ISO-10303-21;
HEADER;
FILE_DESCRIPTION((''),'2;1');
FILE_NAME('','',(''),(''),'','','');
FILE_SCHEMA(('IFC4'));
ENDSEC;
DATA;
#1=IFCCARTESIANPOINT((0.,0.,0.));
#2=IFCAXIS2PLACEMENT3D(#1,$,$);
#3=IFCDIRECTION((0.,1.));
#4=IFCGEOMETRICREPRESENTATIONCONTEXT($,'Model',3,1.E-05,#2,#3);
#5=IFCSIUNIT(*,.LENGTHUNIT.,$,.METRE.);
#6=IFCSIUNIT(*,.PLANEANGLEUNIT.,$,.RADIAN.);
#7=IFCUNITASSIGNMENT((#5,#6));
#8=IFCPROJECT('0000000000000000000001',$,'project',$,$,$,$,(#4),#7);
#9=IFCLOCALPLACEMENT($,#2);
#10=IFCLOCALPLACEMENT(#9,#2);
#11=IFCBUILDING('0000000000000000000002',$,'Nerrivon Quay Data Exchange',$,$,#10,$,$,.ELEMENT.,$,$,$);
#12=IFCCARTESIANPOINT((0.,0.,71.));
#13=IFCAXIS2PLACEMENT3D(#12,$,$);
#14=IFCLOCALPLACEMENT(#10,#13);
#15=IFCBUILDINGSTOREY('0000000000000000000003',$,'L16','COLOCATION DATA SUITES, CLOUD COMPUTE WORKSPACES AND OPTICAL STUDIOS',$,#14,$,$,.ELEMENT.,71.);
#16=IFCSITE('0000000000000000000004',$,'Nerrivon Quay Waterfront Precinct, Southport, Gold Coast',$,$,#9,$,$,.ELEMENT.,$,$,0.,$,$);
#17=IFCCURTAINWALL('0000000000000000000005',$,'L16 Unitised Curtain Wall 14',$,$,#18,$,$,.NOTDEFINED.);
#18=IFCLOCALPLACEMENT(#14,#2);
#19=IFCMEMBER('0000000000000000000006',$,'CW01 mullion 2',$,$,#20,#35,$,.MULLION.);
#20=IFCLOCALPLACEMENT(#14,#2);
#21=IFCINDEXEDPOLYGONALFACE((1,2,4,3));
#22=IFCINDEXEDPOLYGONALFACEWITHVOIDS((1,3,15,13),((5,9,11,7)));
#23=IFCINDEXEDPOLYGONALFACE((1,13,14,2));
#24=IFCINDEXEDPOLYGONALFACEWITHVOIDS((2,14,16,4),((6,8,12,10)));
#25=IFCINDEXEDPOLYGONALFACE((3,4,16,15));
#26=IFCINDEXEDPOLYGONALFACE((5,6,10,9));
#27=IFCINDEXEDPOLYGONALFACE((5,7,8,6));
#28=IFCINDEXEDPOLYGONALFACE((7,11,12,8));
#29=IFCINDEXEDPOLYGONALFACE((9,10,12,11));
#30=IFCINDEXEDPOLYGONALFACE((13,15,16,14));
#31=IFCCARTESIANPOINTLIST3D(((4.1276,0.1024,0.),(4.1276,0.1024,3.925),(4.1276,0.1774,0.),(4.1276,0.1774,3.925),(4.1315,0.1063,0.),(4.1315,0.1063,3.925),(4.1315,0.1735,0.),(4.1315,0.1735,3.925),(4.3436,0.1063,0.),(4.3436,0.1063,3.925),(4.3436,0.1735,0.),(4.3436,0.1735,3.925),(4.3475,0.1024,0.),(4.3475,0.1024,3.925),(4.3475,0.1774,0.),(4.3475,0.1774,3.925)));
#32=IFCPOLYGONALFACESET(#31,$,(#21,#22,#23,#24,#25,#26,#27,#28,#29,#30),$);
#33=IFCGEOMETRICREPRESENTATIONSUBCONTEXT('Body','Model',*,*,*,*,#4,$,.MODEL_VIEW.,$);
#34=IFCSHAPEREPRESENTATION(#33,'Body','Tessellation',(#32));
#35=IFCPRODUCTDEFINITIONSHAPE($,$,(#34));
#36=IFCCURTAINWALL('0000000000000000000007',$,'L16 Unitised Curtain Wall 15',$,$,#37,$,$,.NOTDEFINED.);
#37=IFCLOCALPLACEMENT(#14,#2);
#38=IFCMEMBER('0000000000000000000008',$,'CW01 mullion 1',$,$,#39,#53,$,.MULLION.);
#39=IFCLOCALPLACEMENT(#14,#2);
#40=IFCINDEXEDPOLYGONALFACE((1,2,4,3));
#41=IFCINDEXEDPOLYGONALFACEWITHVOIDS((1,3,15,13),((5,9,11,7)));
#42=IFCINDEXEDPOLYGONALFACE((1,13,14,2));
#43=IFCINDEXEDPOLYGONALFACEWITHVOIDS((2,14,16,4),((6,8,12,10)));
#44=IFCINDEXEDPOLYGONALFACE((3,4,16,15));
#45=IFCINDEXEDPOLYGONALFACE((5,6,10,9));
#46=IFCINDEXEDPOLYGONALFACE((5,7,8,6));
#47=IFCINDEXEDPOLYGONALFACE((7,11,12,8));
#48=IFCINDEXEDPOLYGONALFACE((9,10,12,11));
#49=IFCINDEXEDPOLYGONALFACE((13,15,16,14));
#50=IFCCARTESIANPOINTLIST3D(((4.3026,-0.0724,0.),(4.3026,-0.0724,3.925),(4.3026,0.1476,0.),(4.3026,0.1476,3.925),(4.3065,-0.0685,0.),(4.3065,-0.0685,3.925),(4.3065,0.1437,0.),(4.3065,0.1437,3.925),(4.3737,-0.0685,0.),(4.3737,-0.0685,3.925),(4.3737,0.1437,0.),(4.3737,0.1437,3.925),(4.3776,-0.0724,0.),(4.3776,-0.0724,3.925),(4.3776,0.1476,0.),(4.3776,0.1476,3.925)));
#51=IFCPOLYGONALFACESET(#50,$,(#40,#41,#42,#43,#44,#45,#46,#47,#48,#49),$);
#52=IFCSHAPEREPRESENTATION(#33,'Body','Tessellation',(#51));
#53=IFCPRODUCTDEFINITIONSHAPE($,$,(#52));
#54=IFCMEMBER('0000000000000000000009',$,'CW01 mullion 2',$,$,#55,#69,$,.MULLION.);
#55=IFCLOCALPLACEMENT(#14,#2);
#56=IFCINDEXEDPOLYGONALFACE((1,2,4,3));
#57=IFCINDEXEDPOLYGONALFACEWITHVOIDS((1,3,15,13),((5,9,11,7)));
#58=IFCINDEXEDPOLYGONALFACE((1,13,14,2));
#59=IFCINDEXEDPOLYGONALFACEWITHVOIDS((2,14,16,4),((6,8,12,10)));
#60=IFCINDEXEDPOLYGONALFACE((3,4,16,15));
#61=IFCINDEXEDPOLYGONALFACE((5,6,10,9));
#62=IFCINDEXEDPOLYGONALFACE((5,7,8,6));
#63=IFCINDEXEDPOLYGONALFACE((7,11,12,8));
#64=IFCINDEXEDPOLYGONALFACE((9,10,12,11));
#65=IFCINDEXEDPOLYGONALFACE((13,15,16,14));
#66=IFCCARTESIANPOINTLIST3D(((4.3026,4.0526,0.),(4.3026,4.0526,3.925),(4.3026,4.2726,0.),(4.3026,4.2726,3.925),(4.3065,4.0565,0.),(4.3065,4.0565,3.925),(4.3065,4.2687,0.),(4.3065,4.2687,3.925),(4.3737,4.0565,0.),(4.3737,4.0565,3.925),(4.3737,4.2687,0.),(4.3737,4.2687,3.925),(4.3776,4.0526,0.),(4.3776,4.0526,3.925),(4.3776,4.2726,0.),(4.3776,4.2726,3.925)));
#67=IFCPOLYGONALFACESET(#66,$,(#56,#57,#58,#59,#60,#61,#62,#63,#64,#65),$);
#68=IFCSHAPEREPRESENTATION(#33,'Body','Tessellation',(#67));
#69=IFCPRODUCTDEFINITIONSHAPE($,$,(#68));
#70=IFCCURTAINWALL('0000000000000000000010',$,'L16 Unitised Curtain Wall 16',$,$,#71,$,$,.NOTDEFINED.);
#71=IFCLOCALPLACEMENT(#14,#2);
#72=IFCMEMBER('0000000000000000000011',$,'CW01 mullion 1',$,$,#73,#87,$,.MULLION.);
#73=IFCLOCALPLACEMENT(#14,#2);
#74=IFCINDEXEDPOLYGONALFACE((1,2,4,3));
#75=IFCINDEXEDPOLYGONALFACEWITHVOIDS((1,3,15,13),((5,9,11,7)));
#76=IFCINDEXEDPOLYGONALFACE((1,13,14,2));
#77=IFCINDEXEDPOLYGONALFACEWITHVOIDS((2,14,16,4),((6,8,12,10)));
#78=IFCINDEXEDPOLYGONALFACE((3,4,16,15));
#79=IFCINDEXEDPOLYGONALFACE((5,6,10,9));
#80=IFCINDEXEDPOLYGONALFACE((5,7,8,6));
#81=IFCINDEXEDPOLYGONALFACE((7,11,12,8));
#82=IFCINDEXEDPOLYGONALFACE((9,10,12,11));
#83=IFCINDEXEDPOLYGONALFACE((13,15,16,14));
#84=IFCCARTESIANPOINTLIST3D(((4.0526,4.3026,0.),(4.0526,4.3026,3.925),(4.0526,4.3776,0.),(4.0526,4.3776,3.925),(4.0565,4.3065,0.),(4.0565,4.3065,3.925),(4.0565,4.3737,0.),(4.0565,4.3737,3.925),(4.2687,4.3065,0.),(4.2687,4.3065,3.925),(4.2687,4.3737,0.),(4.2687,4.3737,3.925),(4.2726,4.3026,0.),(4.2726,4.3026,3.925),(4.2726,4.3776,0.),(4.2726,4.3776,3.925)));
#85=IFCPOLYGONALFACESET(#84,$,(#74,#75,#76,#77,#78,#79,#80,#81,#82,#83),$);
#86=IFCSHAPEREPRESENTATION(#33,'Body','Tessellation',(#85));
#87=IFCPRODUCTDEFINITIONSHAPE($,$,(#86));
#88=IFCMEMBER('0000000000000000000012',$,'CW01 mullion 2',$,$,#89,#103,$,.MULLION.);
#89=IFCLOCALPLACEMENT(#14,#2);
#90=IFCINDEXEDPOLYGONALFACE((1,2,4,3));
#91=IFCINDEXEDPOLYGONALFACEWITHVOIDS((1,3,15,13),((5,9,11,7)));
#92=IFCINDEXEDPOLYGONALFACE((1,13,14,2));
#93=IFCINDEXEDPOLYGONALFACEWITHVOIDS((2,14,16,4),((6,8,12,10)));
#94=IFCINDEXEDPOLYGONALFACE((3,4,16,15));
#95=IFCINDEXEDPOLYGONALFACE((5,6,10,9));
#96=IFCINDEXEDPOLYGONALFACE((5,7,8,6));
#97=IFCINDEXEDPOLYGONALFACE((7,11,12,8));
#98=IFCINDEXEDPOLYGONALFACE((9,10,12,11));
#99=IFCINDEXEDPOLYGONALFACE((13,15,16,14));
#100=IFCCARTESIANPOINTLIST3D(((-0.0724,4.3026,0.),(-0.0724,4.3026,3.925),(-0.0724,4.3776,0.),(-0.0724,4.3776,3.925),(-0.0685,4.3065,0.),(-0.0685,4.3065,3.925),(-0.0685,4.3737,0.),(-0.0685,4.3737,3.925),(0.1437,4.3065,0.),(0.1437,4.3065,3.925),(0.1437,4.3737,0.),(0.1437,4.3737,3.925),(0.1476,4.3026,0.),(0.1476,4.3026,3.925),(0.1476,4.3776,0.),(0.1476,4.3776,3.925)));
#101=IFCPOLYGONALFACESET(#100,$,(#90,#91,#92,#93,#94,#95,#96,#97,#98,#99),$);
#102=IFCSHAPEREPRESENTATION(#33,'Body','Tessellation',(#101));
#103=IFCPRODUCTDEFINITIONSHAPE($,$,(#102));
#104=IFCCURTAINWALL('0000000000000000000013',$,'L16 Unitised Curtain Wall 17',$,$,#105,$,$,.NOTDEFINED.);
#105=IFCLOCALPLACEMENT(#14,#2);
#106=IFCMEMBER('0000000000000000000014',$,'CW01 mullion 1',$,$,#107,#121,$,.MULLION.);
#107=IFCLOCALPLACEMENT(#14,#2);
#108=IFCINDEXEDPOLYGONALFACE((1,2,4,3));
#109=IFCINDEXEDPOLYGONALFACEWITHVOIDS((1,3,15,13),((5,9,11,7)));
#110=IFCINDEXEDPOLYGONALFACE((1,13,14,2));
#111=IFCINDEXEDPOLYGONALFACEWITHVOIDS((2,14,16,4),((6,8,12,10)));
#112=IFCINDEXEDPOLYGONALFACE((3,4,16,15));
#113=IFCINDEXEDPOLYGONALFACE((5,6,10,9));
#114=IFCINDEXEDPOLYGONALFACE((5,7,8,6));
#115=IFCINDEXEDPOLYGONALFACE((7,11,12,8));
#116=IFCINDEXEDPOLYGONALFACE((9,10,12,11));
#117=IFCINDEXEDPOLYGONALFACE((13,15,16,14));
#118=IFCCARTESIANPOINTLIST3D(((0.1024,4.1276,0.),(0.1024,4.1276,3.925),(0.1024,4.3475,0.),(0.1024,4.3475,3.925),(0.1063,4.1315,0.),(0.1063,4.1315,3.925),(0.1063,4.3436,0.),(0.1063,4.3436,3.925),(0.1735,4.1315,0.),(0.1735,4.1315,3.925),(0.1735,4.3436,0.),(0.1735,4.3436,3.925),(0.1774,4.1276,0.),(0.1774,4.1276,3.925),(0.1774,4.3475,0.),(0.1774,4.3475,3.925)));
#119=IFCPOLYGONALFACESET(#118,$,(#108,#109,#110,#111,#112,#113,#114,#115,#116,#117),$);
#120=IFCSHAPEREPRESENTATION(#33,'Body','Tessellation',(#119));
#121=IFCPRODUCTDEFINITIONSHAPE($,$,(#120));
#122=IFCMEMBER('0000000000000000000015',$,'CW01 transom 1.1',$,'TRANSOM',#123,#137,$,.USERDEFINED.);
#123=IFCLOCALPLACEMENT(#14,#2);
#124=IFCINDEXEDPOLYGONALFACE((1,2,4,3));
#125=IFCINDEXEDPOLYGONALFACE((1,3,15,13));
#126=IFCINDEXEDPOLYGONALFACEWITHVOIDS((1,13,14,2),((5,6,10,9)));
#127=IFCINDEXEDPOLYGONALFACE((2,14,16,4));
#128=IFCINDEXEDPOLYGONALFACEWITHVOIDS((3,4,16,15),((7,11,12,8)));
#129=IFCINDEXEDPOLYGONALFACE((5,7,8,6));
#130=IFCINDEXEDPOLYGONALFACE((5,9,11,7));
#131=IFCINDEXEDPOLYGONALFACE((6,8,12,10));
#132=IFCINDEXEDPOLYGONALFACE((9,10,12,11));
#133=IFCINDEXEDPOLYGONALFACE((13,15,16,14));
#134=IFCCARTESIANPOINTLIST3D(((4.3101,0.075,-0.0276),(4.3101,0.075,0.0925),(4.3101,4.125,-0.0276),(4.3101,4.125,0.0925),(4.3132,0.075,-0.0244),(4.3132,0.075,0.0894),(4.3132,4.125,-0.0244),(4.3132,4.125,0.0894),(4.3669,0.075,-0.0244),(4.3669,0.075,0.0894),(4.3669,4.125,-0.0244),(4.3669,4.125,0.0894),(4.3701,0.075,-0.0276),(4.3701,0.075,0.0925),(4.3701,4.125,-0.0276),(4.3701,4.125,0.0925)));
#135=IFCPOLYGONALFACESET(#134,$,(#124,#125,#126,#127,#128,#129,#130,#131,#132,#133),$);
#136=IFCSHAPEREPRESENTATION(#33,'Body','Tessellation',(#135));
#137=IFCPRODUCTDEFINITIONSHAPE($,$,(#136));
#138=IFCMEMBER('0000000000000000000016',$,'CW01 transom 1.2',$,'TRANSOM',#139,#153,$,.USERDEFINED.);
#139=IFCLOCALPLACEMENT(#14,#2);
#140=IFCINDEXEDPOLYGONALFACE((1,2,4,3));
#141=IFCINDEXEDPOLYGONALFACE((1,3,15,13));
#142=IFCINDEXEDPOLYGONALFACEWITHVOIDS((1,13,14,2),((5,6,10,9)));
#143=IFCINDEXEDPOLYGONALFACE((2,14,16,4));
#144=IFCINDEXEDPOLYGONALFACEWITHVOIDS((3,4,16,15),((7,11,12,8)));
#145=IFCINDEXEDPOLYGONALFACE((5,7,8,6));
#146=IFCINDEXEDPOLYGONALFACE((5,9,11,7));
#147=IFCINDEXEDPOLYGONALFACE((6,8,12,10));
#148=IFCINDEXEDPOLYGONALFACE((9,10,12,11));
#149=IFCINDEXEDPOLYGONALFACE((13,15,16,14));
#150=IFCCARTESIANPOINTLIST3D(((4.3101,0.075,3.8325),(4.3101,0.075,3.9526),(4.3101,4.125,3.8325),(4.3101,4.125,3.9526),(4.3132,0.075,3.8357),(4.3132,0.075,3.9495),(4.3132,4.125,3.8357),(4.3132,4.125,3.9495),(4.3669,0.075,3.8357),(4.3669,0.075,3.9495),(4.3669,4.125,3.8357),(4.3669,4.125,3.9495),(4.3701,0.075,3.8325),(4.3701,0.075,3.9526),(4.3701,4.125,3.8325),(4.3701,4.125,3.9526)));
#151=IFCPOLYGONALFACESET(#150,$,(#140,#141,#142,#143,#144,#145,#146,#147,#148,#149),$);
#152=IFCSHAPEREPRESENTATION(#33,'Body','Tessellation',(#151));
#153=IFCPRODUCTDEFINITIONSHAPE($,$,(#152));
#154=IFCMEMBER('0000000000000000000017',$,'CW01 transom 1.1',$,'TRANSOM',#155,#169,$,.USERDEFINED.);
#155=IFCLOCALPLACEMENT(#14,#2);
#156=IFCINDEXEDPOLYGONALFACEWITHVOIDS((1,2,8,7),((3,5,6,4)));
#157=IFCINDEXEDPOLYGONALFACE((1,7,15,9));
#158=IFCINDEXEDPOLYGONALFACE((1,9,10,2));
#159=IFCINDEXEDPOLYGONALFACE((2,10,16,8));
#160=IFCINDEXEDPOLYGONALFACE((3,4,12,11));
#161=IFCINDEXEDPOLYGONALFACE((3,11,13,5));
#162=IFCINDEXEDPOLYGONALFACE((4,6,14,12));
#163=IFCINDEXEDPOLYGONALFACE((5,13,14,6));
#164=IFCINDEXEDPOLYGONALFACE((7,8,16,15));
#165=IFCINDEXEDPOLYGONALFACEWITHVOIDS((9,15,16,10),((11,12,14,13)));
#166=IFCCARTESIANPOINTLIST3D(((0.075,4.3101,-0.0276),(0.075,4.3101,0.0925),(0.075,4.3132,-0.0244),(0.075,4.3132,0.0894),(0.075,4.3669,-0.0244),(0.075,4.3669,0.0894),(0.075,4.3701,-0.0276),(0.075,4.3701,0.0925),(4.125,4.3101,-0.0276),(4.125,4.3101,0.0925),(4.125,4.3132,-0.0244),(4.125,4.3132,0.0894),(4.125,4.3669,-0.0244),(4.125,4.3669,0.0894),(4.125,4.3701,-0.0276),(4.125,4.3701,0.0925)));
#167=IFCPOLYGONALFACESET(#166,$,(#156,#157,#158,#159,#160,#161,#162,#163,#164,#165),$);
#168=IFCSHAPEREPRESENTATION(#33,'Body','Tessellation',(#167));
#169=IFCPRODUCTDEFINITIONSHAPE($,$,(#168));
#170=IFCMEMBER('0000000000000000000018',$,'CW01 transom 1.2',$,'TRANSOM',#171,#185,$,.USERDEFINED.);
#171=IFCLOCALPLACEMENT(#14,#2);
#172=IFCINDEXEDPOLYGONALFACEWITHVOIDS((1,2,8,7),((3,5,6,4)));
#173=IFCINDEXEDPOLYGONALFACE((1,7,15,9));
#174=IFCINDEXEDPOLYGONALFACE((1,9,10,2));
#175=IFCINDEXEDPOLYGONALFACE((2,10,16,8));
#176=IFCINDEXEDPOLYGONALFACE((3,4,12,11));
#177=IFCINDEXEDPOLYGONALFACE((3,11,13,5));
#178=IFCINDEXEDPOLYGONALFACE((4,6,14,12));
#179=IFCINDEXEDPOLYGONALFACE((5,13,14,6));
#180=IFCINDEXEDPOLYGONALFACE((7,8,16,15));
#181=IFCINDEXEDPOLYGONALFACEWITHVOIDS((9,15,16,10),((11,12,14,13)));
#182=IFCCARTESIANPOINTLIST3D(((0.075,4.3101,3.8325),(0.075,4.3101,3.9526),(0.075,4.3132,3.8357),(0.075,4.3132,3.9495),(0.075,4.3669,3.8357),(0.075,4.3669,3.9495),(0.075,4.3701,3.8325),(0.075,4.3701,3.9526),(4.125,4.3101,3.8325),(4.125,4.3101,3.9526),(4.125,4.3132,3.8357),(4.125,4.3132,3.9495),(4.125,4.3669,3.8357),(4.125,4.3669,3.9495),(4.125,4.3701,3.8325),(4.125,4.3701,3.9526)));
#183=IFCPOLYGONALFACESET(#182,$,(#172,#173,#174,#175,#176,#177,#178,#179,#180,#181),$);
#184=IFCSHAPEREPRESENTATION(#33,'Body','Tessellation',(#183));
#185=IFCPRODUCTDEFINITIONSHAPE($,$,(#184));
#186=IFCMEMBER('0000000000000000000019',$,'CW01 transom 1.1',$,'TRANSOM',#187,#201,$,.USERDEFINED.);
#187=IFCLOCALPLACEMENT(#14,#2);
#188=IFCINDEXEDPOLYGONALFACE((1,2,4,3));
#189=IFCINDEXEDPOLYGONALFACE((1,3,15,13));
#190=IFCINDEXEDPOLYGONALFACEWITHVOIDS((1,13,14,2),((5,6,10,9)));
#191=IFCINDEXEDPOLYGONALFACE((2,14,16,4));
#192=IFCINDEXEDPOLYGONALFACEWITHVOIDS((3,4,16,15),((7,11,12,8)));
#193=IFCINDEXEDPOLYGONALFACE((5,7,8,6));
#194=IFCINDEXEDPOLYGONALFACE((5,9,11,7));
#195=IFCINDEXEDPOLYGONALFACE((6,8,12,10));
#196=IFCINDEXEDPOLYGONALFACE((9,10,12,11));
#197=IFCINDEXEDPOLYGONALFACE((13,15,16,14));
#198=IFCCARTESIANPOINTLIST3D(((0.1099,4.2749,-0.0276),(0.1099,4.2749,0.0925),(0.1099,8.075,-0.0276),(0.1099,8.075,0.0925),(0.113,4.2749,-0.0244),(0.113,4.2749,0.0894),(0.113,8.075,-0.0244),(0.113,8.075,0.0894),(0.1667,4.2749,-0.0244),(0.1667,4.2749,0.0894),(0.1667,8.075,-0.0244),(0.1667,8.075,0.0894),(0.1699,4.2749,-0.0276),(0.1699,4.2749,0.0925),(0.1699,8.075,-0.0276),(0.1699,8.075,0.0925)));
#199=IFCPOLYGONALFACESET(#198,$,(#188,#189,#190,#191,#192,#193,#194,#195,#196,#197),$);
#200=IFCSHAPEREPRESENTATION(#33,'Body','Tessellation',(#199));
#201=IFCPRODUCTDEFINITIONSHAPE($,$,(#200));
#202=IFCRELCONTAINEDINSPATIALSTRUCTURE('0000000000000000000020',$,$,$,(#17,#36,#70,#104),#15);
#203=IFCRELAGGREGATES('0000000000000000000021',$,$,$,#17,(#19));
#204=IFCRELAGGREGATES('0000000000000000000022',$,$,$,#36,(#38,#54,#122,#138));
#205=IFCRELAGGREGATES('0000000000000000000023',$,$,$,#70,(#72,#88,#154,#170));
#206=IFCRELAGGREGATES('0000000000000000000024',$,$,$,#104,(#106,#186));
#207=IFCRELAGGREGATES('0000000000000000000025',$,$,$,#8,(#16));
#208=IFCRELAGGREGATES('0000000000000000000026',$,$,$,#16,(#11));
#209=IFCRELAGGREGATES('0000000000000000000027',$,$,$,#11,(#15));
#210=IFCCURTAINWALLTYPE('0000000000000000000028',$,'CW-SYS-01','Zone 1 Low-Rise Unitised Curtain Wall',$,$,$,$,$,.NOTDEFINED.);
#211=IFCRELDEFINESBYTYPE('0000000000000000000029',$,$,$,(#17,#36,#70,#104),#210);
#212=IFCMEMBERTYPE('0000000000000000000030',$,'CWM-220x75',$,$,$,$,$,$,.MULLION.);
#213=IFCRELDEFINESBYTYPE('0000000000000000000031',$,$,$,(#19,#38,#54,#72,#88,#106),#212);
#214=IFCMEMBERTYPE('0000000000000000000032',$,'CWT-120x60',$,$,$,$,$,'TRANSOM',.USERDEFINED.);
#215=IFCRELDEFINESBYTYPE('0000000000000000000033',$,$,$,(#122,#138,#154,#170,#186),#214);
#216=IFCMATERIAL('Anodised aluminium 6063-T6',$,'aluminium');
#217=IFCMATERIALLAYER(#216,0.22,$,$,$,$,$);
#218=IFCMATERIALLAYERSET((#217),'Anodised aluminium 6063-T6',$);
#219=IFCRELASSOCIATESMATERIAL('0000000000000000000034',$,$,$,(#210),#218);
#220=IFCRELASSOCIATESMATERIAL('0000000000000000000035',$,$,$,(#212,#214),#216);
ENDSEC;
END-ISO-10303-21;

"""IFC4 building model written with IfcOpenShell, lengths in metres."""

from ifc_helpers import new_model, si_unit, direction, frame, origin, origin_2d, place, context, subcontext, project, spatial, hollow_rectangle, extrude, material, layer, layer_set, material_profile, profile_set, type_object, element, aggregate, save


model = new_model("IFC4")

# Units and contexts
model_context = context("Model", 3, precision=1e-05, world=origin(), true_north=direction((0.0, 1.0)))
body_context = subcontext(model_context, "Body", "Model", "MODEL_VIEW")
ifc_project = project(units=[si_unit("LENGTHUNIT", "METRE"), si_unit("PLANEANGLEUNIT", "RADIAN")], contexts=[model_context])

# Site, building, storey
site_placement = place(None, origin())
site = spatial("IfcSite", under=ifc_project, at=site_placement, Name="Nerrivon Quay Waterfront Precinct, Southport, Gold Coast", CompositionType="ELEMENT", RefElevation=0.0)
building_placement = place(site_placement, origin())
building = spatial("IfcBuilding", under=site, at=building_placement, Name="Nerrivon Quay Data Exchange", CompositionType="ELEMENT")
storey_placement = place(building_placement, frame((0.0, 0.0, 71.0)))
storey = spatial("IfcBuildingStorey", under=building, at=storey_placement, Name="L16", Description="COLOCATION DATA SUITES, CLOUD COMPUTE WORKSPACES AND OPTICAL STUDIOS", CompositionType="ELEMENT", Elevation=71.0)

# Curtain wall, member
ifc_material_1 = material(Name="Anodised aluminium 6063-T6", Category="aluminium")
ifc_layer_1 = layer(ifc_material_1, 0.22)
ifc_layer_set_1 = layer_set([ifc_layer_1], Name="Anodised aluminium 6063-T6")
curtain_wall_type = type_object("IfcCurtainWallType", Name="CW-SYS-01", Description="Zone 1 Low-Rise Unitised Curtain Wall", PredefinedType="NOTDEFINED", material=ifc_layer_set_1)
curtain_wall_1_placement = place(storey_placement, origin())
curtain_wall_1 = element("IfcCurtainWall", 1, at=curtain_wall_1_placement, inside=storey, type_object=curtain_wall_type, Name="L16 Unitised Curtain Wall 14", PredefinedType="NOTDEFINED")
ifc_material_profile_1 = material_profile(ifc_material_1, hollow_rectangle(XDim=0.075, YDim=0.22, WallThickness=0.0039, at=origin_2d()), Name="ALU-MULL-220x75")
ifc_profile_set_1 = profile_set([ifc_material_profile_1], Name="Anodised aluminium 6063-T6")
member_type_1 = type_object("IfcMemberType", Name="CWM-220x75", PredefinedType="MULLION", material=ifc_profile_set_1)
member_1_placement = place(storey_placement, frame((4.2375, 0.1399, 0.0), z_axis=(0.0, 0.0, 1.0), x_axis=(0.0, -1.0, 0.0)))
member_1 = element("IfcMember", 2, at=member_1_placement, type_object=member_type_1, Name="CW01 mullion 2", PredefinedType="MULLION", context=body_context, shape_type="SweptSolid", body=[
    extrude(hollow_rectangle(XDim=0.075, YDim=0.22, WallThickness=0.0039, at=origin_2d()), origin(), (0.0, 0.0, 1.0), 3.925),
])
aggregate(curtain_wall_1, [member_1])

# Curtain walls, members
curtain_wall_2_placement = place(storey_placement, origin())
curtain_wall_2 = element("IfcCurtainWall", 3, at=curtain_wall_2_placement, inside=storey, type_object=curtain_wall_type, Name="L16 Unitised Curtain Wall 15", PredefinedType="NOTDEFINED")
member_2_placement = place(storey_placement, frame((4.3401, 0.0376, 0.0), z_axis=(0.0, 0.0, 1.0), x_axis=(-1.0, 0.0, 0.0)))
member_2 = element("IfcMember", 4, at=member_2_placement, type_object=member_type_1, Name="CW01 mullion 1", PredefinedType="MULLION", context=body_context, shape_type="SweptSolid", body=[
    extrude(hollow_rectangle(XDim=0.075, YDim=0.22, WallThickness=0.0039, at=origin_2d()), origin(), (0.0, 0.0, 1.0), 3.925),
])
member_3_placement = place(storey_placement, frame((4.3401, 4.1626, 0.0), z_axis=(0.0, 0.0, 1.0), x_axis=(-1.0, 0.0, 0.0)))
member_3 = element("IfcMember", 5, at=member_3_placement, type_object=member_type_1, Name="CW01 mullion 2", PredefinedType="MULLION", context=body_context, shape_type="SweptSolid", body=[
    extrude(hollow_rectangle(XDim=0.075, YDim=0.22, WallThickness=0.0039, at=origin_2d()), origin(), (0.0, 0.0, 1.0), 3.925),
])
curtain_wall_3_placement = place(storey_placement, origin())
curtain_wall_3 = element("IfcCurtainWall", 6, at=curtain_wall_3_placement, inside=storey, type_object=curtain_wall_type, Name="L16 Unitised Curtain Wall 16", PredefinedType="NOTDEFINED")
member_4_placement = place(storey_placement, frame((4.1626, 4.3401, 0.0), z_axis=(0.0, 0.0, 1.0), x_axis=(0.0, -1.0, 0.0)))
member_4 = element("IfcMember", 7, at=member_4_placement, type_object=member_type_1, Name="CW01 mullion 1", PredefinedType="MULLION", context=body_context, shape_type="SweptSolid", body=[
    extrude(hollow_rectangle(XDim=0.075, YDim=0.22, WallThickness=0.0039, at=origin_2d()), origin(), (0.0, 0.0, 1.0), 3.925),
])
member_5_placement = place(storey_placement, frame((0.0376, 4.3401, 0.0), z_axis=(0.0, 0.0, 1.0), x_axis=(0.0, -1.0, 0.0)))
member_5 = element("IfcMember", 8, at=member_5_placement, type_object=member_type_1, Name="CW01 mullion 2", PredefinedType="MULLION", context=body_context, shape_type="SweptSolid", body=[
    extrude(hollow_rectangle(XDim=0.075, YDim=0.22, WallThickness=0.0039, at=origin_2d()), origin(), (0.0, 0.0, 1.0), 3.925),
])

# Curtain wall, member
curtain_wall_4_placement = place(storey_placement, origin())
curtain_wall_4 = element("IfcCurtainWall", 9, at=curtain_wall_4_placement, inside=storey, type_object=curtain_wall_type, Name="L16 Unitised Curtain Wall 17", PredefinedType="NOTDEFINED")
member_6_placement = place(storey_placement, frame((0.1399, 4.2375, 0.0), z_axis=(0.0, 0.0, 1.0), x_axis=(-1.0, 0.0, 0.0)))
member_6 = element("IfcMember", 10, at=member_6_placement, type_object=member_type_1, Name="CW01 mullion 1", PredefinedType="MULLION", context=body_context, shape_type="SweptSolid", body=[
    extrude(hollow_rectangle(XDim=0.075, YDim=0.22, WallThickness=0.0039, at=origin_2d()), origin(), (0.0, 0.0, 1.0), 3.925),
])

# Members
ifc_material_profile_2 = material_profile(ifc_material_1, hollow_rectangle(XDim=0.0601, YDim=0.1201, WallThickness=0.0032, at=origin_2d()), Name="ALU-TRAN-120x60")
ifc_profile_set_2 = profile_set([ifc_material_profile_2], Name="Anodised aluminium 6063-T6")
member_type_2 = type_object("IfcMemberType", Name="CWT-120x60", ElementType="TRANSOM", PredefinedType="USERDEFINED", material=ifc_profile_set_2)
member_7_placement = place(storey_placement, frame((4.3401, 0.075, 0.0325), z_axis=(0.0, 1.0, 0.0), x_axis=(-1.0, 0.0, 0.0)))
member_7 = element("IfcMember", 11, at=member_7_placement, type_object=member_type_2, Name="CW01 transom 1.1", ObjectType="TRANSOM", PredefinedType="USERDEFINED", context=body_context, shape_type="SweptSolid", body=[
    extrude(hollow_rectangle(XDim=0.0601, YDim=0.1201, WallThickness=0.0032, at=origin_2d()), origin(), (0.0, 0.0, 1.0), 4.05),
])
member_8_placement = place(storey_placement, frame((4.3401, 0.075, 3.8926), z_axis=(0.0, 1.0, 0.0), x_axis=(-1.0, 0.0, 0.0)))
member_8 = element("IfcMember", 12, at=member_8_placement, type_object=member_type_2, Name="CW01 transom 1.2", ObjectType="TRANSOM", PredefinedType="USERDEFINED", context=body_context, shape_type="SweptSolid", body=[
    extrude(hollow_rectangle(XDim=0.0601, YDim=0.1201, WallThickness=0.0032, at=origin_2d()), origin(), (0.0, 0.0, 1.0), 4.05),
])
member_9_placement = place(storey_placement, frame((4.125, 4.3401, 0.0325), z_axis=(-1.0, 0.0, 0.0), x_axis=(0.0, -1.0, 0.0)))
member_9 = element("IfcMember", 13, at=member_9_placement, type_object=member_type_2, Name="CW01 transom 1.1", ObjectType="TRANSOM", PredefinedType="USERDEFINED", context=body_context, shape_type="SweptSolid", body=[
    extrude(hollow_rectangle(XDim=0.0601, YDim=0.1201, WallThickness=0.0032, at=origin_2d()), origin(), (0.0, 0.0, 1.0), 4.05),
])
member_10_placement = place(storey_placement, frame((4.125, 4.3401, 3.8926), z_axis=(-1.0, 0.0, 0.0), x_axis=(0.0, -1.0, 0.0)))
member_10 = element("IfcMember", 14, at=member_10_placement, type_object=member_type_2, Name="CW01 transom 1.2", ObjectType="TRANSOM", PredefinedType="USERDEFINED", context=body_context, shape_type="SweptSolid", body=[
    extrude(hollow_rectangle(XDim=0.0601, YDim=0.1201, WallThickness=0.0032, at=origin_2d()), origin(), (0.0, 0.0, 1.0), 4.05),
])
member_11_placement = place(storey_placement, frame((0.1399, 4.2749, 0.0325), z_axis=(0.0, 1.0, 0.0), x_axis=(-1.0, 0.0, 0.0)))
member_11 = element("IfcMember", 15, at=member_11_placement, type_object=member_type_2, Name="CW01 transom 1.1", ObjectType="TRANSOM", PredefinedType="USERDEFINED", context=body_context, shape_type="SweptSolid", body=[
    extrude(hollow_rectangle(XDim=0.0601, YDim=0.1201, WallThickness=0.0032, at=origin_2d()), origin(), (0.0, 0.0, 1.0), 3.8),
])

aggregate(curtain_wall_2, [member_2, member_3, member_7, member_8])
aggregate(curtain_wall_3, [member_4, member_5, member_9, member_10])
aggregate(curtain_wall_4, [member_6, member_11])

save(model, "model.ifc")
